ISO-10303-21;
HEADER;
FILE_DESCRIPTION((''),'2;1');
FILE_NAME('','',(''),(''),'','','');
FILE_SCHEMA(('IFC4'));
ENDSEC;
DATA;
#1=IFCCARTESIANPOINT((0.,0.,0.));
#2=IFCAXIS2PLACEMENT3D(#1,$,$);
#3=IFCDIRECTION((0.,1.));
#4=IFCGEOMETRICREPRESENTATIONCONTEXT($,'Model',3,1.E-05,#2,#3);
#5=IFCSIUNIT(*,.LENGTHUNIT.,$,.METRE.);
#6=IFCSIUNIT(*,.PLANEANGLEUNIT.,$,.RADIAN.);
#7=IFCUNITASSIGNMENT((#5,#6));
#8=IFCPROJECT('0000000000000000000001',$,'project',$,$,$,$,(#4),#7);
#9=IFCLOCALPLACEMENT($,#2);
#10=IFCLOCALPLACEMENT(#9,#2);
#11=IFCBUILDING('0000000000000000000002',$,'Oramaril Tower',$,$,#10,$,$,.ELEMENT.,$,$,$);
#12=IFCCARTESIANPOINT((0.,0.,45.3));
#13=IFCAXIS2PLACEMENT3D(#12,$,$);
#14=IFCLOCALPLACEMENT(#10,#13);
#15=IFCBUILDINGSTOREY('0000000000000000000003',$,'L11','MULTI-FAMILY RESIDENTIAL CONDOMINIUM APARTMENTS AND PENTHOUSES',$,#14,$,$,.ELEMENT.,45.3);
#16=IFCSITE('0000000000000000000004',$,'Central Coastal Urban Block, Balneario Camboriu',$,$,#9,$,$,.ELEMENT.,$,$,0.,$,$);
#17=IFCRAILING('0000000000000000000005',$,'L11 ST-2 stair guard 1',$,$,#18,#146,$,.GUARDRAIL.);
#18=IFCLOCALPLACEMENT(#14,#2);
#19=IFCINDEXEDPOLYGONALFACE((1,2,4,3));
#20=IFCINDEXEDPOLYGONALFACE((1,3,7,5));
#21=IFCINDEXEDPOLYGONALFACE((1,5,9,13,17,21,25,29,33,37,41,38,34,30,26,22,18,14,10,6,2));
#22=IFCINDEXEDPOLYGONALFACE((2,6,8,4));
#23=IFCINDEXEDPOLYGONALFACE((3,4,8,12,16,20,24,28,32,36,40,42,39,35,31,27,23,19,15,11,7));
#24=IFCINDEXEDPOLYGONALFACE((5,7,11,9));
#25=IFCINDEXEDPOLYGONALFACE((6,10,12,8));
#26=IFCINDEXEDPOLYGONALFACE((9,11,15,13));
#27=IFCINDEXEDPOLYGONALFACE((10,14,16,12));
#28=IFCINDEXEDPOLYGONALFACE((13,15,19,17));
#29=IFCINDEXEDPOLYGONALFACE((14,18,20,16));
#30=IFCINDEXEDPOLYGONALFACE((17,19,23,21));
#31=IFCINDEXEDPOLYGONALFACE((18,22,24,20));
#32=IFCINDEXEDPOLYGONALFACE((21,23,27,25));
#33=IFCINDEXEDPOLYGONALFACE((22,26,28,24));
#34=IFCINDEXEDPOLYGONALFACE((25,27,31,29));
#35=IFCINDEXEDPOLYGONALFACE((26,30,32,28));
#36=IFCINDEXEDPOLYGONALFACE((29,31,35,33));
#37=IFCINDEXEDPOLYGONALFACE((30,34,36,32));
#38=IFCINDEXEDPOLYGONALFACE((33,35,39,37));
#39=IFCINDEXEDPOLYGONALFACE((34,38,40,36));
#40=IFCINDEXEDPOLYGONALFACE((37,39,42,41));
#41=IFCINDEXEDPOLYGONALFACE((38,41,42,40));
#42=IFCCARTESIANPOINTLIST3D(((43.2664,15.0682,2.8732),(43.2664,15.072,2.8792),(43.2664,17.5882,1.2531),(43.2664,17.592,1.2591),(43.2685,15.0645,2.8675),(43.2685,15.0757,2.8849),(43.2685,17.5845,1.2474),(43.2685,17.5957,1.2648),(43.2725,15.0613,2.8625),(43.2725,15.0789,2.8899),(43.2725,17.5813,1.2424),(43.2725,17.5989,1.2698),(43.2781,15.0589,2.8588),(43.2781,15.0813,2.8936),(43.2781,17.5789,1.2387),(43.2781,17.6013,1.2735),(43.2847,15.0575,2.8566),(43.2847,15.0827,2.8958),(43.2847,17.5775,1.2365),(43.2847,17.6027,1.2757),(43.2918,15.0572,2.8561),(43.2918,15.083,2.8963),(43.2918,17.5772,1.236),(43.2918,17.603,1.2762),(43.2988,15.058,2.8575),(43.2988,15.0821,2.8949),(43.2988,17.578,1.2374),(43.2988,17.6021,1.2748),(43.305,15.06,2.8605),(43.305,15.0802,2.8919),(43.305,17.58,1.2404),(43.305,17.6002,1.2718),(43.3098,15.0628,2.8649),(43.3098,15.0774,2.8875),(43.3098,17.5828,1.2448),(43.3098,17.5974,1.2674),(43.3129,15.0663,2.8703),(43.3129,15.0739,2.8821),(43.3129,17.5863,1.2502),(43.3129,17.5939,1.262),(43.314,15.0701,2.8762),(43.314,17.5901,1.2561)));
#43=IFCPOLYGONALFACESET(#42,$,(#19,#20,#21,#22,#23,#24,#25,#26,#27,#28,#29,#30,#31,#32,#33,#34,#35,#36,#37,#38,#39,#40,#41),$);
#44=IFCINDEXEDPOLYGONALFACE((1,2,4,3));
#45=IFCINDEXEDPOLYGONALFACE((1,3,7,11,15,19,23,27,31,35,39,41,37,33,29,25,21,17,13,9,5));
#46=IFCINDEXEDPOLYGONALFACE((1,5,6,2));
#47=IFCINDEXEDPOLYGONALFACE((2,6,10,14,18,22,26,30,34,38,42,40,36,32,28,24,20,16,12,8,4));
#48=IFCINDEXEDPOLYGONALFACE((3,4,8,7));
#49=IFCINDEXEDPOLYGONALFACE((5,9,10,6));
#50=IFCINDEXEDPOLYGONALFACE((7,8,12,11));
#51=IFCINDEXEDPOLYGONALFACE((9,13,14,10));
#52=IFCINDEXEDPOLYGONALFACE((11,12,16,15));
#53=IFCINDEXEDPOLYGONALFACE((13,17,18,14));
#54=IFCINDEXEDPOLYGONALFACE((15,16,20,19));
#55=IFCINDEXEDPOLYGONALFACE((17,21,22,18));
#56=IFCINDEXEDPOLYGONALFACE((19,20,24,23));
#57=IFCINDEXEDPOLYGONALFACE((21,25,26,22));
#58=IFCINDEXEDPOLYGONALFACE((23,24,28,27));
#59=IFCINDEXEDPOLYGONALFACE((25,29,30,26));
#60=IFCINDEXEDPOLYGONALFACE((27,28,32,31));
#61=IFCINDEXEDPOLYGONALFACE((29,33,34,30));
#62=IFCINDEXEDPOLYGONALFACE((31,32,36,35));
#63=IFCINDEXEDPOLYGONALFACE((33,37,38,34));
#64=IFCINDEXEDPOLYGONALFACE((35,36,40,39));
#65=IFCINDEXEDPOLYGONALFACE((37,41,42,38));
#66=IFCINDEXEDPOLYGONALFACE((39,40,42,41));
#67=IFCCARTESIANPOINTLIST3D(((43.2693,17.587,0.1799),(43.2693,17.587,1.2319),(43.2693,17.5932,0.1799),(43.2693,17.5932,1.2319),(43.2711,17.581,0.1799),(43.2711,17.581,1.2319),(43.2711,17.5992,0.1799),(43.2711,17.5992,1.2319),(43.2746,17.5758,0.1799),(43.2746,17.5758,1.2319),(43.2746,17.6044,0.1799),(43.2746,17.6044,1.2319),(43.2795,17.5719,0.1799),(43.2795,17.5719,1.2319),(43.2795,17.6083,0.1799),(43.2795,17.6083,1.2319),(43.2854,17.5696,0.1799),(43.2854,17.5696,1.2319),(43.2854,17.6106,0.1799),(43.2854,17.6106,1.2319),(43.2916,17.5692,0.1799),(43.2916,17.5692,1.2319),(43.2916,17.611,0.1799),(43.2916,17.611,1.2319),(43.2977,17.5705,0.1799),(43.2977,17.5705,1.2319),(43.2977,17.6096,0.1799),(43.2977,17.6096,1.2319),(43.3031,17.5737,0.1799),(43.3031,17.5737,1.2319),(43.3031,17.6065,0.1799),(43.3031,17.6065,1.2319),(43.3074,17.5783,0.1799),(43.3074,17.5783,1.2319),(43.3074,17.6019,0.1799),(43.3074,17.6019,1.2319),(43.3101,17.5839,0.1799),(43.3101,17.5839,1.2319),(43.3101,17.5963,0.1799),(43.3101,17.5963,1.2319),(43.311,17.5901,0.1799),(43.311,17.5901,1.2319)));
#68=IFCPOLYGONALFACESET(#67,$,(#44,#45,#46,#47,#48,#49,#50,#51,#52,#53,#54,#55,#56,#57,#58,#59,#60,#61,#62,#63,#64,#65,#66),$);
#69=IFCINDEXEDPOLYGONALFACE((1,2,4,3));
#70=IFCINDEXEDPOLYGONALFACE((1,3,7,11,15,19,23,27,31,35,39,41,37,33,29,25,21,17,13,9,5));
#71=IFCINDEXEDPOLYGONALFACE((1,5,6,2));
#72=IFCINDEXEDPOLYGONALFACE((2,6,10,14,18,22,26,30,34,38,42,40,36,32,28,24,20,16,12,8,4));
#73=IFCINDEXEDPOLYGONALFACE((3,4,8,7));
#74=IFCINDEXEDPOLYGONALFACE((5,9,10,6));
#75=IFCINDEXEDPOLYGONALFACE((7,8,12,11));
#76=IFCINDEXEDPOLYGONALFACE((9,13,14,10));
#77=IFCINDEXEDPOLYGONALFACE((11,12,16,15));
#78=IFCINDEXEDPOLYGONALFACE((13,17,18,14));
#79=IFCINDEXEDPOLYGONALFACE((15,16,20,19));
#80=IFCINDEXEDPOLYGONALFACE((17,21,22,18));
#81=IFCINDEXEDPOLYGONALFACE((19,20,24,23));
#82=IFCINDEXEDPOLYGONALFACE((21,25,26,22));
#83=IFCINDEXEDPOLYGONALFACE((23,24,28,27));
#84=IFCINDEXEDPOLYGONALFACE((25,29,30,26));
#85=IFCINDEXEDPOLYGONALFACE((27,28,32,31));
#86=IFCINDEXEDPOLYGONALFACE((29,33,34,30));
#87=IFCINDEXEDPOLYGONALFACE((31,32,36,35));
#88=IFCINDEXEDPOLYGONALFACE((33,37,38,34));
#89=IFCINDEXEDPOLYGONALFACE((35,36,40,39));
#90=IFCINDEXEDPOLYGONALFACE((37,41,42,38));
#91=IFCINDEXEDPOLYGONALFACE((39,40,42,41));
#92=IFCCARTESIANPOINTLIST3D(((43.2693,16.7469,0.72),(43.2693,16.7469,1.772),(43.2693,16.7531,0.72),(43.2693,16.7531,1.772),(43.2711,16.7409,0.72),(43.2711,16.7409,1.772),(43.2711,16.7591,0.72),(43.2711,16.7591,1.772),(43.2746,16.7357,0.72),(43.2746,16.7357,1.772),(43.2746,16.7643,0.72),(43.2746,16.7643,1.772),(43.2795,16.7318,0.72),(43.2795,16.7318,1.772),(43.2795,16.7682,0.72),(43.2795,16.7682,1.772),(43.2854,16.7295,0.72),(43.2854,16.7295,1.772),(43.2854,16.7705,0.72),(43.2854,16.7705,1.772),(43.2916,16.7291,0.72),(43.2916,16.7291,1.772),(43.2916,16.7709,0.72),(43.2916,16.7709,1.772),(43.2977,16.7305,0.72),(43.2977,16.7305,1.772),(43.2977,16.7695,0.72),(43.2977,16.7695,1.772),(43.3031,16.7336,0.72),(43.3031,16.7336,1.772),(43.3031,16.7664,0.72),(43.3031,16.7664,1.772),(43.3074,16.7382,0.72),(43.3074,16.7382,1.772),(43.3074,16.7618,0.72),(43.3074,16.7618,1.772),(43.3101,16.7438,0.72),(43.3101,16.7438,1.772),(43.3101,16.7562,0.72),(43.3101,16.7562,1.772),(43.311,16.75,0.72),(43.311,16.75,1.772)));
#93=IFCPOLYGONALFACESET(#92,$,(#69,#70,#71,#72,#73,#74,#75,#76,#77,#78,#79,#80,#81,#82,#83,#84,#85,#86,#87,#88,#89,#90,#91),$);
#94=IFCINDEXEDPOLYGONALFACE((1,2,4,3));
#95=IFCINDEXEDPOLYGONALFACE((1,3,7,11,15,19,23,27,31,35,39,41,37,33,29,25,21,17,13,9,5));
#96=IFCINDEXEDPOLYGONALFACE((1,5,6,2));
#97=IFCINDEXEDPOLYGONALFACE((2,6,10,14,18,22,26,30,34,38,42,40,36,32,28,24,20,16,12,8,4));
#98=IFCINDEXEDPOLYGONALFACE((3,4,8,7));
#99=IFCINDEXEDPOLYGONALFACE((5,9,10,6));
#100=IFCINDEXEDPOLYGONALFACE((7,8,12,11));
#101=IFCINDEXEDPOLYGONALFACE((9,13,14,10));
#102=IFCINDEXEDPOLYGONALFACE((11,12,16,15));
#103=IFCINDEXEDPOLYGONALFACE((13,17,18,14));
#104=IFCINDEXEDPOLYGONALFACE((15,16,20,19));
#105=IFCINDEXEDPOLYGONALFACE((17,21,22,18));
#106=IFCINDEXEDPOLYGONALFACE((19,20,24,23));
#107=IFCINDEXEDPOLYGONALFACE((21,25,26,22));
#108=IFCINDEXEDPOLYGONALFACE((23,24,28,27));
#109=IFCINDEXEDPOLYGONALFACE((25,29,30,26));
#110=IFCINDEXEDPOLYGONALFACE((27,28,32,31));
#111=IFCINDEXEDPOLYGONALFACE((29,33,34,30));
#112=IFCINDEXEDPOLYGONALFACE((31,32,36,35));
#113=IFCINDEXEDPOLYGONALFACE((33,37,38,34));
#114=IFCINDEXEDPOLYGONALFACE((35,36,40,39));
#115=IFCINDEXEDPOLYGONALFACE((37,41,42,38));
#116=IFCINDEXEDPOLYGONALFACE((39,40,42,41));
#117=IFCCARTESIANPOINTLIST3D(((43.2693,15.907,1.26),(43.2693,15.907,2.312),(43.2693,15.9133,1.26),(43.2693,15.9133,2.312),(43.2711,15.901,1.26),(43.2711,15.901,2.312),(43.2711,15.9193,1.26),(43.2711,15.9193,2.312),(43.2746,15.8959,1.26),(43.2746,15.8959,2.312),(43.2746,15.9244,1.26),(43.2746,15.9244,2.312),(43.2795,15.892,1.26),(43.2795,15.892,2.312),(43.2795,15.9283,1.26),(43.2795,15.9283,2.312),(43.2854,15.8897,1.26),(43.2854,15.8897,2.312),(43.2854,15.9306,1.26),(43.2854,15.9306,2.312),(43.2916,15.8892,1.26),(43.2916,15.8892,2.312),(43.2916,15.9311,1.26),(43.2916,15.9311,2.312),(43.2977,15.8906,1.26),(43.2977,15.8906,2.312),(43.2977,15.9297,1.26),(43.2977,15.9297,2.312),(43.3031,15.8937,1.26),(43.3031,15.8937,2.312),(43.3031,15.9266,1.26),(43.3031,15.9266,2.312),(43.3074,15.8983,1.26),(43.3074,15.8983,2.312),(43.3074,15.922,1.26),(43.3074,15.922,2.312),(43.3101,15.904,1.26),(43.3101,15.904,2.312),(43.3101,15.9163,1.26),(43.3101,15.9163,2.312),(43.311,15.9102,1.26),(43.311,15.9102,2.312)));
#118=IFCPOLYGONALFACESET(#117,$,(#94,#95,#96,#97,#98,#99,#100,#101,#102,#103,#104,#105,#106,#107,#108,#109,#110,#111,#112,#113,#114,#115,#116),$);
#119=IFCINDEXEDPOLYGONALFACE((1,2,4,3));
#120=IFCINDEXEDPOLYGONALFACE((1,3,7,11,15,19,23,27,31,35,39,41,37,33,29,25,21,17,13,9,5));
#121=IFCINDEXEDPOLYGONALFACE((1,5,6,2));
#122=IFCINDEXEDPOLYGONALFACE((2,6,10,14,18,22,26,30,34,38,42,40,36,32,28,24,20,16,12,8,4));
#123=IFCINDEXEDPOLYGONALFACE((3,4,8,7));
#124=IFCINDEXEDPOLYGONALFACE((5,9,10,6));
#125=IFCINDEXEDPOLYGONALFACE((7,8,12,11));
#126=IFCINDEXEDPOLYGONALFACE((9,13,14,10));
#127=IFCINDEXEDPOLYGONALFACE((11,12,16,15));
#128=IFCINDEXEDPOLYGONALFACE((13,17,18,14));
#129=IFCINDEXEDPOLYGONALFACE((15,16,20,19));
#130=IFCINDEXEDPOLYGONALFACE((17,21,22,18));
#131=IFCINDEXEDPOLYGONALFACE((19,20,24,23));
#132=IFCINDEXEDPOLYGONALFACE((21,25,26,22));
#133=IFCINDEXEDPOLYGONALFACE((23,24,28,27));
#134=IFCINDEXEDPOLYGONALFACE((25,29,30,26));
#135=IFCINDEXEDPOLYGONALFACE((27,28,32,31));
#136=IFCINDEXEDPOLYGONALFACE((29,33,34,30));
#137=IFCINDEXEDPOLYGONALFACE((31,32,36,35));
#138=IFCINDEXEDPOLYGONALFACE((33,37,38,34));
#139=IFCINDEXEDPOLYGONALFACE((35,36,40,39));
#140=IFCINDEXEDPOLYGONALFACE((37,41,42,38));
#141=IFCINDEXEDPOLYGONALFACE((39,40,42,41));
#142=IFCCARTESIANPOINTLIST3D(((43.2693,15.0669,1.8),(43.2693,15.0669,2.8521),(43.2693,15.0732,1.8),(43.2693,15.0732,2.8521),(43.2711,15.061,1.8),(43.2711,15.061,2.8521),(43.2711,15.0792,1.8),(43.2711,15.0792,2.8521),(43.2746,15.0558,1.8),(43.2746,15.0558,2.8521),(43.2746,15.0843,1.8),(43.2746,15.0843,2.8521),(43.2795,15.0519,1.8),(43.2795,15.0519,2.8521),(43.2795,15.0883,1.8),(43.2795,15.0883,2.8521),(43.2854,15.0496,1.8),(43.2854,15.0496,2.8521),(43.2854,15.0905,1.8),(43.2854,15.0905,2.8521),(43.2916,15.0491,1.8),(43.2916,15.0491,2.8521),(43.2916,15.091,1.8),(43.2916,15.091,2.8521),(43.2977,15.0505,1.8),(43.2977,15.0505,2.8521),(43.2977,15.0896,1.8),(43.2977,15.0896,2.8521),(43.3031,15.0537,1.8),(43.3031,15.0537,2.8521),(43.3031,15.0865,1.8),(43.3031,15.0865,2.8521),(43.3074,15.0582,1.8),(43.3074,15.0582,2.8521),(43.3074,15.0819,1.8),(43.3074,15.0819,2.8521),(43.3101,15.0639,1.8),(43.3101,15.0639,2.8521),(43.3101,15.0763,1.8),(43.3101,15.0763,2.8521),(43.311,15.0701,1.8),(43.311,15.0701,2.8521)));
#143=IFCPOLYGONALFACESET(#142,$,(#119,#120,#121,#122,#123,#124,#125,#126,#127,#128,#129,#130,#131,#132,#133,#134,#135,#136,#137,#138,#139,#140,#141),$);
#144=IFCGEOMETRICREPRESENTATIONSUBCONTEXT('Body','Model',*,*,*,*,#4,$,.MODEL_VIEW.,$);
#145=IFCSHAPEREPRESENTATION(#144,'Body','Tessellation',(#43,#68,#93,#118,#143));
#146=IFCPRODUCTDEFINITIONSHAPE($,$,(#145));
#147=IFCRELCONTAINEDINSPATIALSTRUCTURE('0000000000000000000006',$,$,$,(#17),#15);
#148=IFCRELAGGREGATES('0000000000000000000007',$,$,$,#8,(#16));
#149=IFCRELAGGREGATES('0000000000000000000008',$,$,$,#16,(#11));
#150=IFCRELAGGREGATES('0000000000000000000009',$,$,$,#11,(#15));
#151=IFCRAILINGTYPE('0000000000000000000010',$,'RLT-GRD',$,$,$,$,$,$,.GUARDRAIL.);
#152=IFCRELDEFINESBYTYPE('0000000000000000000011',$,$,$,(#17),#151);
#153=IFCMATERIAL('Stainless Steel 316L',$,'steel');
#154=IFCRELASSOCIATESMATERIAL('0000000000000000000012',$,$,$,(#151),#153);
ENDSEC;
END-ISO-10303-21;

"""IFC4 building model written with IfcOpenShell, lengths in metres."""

from ifc_helpers import new_model, si_unit, direction, frame, origin, origin_2d, place, context, subcontext, project, spatial, circle, extrude, material, type_object, element, save


model = new_model("IFC4")

# Units and contexts
model_context = context("Model", 3, precision=1e-05, world=origin(), true_north=direction((0.0, 1.0)))
body_context = subcontext(model_context, "Body", "Model", "MODEL_VIEW")
ifc_project = project(units=[si_unit("LENGTHUNIT", "METRE"), si_unit("PLANEANGLEUNIT", "RADIAN")], contexts=[model_context])

# Site, building, storey
site_placement = place(None, origin())
site = spatial("IfcSite", under=ifc_project, at=site_placement, Name="Central Coastal Urban Block, Balneario Camboriu", CompositionType="ELEMENT", RefElevation=0.0)
building_placement = place(site_placement, origin())
building = spatial("IfcBuilding", under=site, at=building_placement, Name="Oramaril Tower", CompositionType="ELEMENT")
storey_placement = place(building_placement, frame((0.0, 0.0, 45.3)))
storey = spatial("IfcBuildingStorey", under=building, at=storey_placement, Name="L11", Description="MULTI-FAMILY RESIDENTIAL CONDOMINIUM APARTMENTS AND PENTHOUSES", CompositionType="ELEMENT", Elevation=45.3)

# Railing
ifc_material_1 = material(Name="Stainless Steel 316L", Category="steel")
railing_type_1 = type_object("IfcRailingType", Name="RLT-GRD", PredefinedType="GUARDRAIL", material=ifc_material_1)
railing_1_placement = place(storey_placement, frame((43.29, 17.5901, 0.1799)))
element("IfcRailing", 1, at=railing_1_placement, inside=storey, type_object=railing_type_1, Name="L11 ST-2 stair guard 1", PredefinedType="GUARDRAIL", context=body_context, shape_type="SweptSolid", body=[
    extrude(circle(Radius=0.0239, at=origin_2d()), frame((0.0, 0.0, 1.0762), z_axis=(0.0, -0.841163, 0.540782), x_axis=(1.0, 0.0, 0.0)), (0.0, 0.0, 1.0), 2.9958),
    extrude(circle(Radius=0.021, at=origin_2d()), origin(), (0.0, 0.0, 1.0), 1.052),
    extrude(circle(Radius=0.021, at=origin_2d()), frame((0.0, -0.8401, 0.54)), (0.0, 0.0, 1.0), 1.052),
    extrude(circle(Radius=0.021, at=origin_2d()), frame((0.0, -1.6799, 1.0801)), (0.0, 0.0, 1.0), 1.052),
    extrude(circle(Radius=0.021, at=origin_2d()), frame((0.0, -2.52, 1.6201)), (0.0, 0.0, 1.0), 1.052),
])

save(model, "model.ifc")
